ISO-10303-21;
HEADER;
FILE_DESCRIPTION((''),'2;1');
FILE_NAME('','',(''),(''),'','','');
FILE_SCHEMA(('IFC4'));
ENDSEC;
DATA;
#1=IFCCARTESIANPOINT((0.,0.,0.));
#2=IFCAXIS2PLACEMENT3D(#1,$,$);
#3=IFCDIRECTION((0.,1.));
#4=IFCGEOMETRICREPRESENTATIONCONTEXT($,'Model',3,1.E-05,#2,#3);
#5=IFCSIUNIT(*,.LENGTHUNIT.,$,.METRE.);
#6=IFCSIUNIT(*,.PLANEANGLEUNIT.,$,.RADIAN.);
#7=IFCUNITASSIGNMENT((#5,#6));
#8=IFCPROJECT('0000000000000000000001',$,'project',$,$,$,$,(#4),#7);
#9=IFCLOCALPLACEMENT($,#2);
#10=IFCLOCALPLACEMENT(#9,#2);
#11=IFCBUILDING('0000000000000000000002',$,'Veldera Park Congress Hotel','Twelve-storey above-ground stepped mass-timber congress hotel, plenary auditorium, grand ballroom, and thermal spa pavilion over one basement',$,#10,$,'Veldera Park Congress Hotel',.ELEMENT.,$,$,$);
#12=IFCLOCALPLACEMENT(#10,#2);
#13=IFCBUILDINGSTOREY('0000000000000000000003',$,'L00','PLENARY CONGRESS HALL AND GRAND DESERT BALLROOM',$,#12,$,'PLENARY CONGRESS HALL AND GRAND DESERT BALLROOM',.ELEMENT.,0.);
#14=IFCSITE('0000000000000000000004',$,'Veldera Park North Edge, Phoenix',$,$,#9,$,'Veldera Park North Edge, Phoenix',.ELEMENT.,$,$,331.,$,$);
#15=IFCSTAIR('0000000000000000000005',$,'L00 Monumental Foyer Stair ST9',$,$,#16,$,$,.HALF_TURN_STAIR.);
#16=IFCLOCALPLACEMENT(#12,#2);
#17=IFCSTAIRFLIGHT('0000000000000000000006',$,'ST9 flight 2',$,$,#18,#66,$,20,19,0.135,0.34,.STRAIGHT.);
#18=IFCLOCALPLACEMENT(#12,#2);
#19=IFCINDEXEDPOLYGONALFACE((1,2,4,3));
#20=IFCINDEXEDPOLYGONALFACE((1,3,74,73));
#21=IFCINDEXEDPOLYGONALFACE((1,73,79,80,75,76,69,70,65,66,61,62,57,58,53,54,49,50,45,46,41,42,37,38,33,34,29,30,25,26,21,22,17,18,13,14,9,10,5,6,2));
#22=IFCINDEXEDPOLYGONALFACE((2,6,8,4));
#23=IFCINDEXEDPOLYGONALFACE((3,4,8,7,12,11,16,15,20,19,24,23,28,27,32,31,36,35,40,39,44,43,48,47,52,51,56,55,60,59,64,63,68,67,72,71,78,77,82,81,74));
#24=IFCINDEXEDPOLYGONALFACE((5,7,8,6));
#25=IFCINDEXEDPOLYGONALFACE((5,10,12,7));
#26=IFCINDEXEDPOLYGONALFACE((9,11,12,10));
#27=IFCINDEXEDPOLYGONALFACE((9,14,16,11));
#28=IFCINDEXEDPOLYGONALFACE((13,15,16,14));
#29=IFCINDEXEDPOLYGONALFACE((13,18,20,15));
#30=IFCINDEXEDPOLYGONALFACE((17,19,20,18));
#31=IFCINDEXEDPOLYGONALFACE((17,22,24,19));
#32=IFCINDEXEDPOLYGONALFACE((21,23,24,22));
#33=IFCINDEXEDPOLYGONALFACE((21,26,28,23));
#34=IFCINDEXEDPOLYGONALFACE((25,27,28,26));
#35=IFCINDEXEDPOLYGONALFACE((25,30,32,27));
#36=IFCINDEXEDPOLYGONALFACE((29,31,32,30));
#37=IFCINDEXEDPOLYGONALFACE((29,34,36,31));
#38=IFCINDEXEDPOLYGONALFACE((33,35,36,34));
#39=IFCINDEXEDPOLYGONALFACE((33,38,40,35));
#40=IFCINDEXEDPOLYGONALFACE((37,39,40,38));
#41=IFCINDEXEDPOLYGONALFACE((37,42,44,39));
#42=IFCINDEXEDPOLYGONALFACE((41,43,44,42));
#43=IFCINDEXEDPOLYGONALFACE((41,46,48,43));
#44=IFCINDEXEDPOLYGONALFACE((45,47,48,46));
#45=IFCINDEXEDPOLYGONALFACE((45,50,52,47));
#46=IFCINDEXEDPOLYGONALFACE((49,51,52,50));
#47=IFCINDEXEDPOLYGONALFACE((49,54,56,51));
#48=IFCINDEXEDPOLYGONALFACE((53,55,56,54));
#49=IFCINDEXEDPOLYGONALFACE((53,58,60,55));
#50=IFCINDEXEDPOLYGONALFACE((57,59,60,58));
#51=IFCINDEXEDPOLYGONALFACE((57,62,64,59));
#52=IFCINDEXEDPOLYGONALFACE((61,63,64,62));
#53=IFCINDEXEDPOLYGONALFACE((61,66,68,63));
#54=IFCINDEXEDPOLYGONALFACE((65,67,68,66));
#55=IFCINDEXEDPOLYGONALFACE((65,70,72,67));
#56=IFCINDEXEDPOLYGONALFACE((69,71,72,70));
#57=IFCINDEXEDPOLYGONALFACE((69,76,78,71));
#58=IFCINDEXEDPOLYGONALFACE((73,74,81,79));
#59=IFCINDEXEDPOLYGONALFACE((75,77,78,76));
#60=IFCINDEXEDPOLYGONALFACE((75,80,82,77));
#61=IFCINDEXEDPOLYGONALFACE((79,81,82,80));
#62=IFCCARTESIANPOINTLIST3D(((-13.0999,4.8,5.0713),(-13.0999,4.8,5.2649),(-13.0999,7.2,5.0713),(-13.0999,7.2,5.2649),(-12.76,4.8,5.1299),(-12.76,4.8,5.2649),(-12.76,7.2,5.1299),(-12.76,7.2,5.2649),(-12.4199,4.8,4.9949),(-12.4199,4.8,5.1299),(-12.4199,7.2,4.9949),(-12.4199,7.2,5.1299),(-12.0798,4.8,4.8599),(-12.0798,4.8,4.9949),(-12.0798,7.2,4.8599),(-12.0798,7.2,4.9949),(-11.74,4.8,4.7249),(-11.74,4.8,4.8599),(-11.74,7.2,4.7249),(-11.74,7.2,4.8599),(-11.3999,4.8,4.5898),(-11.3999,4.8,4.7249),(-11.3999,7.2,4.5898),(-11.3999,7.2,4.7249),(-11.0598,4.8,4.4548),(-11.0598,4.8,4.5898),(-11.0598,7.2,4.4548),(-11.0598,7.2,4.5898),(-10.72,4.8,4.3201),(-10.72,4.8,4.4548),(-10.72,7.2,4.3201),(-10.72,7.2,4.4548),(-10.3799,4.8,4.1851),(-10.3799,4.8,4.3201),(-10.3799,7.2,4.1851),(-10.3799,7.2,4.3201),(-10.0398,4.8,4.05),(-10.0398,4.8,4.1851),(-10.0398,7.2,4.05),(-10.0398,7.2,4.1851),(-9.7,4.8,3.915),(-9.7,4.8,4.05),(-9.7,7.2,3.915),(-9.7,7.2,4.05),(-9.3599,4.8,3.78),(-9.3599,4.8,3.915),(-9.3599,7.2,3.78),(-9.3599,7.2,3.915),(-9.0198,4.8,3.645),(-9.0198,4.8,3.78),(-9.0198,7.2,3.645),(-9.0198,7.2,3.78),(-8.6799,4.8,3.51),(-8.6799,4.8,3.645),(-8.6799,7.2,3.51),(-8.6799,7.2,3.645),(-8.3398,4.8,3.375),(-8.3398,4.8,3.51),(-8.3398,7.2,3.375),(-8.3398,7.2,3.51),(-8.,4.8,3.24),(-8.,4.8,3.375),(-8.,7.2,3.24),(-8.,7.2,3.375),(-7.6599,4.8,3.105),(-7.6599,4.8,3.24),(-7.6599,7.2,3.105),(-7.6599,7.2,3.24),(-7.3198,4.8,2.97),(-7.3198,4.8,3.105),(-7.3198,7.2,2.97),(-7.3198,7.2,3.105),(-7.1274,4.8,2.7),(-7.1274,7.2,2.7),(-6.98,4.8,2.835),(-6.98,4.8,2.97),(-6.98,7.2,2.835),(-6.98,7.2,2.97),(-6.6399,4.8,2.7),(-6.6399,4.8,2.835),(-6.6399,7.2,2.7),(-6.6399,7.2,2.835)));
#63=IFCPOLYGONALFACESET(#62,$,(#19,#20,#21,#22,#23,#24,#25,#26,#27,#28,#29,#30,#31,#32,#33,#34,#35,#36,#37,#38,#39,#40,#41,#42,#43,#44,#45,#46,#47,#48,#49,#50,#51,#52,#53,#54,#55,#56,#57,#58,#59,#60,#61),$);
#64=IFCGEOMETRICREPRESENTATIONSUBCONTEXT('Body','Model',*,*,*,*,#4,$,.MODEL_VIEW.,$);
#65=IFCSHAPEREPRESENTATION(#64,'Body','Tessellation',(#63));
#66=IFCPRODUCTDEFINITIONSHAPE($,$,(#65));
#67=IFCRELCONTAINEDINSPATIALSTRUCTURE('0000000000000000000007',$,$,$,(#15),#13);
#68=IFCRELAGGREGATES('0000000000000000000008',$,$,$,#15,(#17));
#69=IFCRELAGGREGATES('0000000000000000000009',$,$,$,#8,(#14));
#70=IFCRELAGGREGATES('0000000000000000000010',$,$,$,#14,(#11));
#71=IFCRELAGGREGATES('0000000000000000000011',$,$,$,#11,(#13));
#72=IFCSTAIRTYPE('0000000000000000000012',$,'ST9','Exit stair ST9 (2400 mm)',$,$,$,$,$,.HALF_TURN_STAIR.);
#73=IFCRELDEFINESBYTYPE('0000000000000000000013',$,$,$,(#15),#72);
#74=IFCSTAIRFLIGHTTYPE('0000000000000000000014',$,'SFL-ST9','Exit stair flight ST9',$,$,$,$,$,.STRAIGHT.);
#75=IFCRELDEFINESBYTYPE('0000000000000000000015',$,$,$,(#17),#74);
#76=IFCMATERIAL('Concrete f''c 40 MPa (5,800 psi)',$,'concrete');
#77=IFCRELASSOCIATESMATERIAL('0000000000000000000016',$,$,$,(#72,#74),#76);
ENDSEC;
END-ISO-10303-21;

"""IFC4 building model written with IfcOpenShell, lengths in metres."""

from ifc_helpers import new_model, si_unit, direction, frame, origin, place, context, subcontext, project, spatial, polyline, outline, extrude, material, type_object, element, aggregate, save


model = new_model("IFC4")

# Units and contexts
model_context = context("Model", 3, precision=1e-05, world=origin(), true_north=direction((0.0, 1.0)))
body_context = subcontext(model_context, "Body", "Model", "MODEL_VIEW")
ifc_project = project(units=[si_unit("LENGTHUNIT", "METRE"), si_unit("PLANEANGLEUNIT", "RADIAN")], contexts=[model_context])

# Site, building, storey
site_placement = place(None, origin())
site = spatial("IfcSite", under=ifc_project, at=site_placement, Name="Veldera Park North Edge, Phoenix", LongName="Veldera Park North Edge, Phoenix", CompositionType="ELEMENT", RefElevation=331.0)
building_placement = place(site_placement, origin())
building = spatial("IfcBuilding", under=site, at=building_placement, Name="Veldera Park Congress Hotel", Description="Twelve-storey above-ground stepped mass-timber congress hotel, plenary auditorium, grand ballroom, and thermal spa pavilion over one basement", LongName="Veldera Park Congress Hotel", CompositionType="ELEMENT")
storey_placement = place(building_placement, origin())
storey = spatial("IfcBuildingStorey", under=building, at=storey_placement, Name="L00", Description="PLENARY CONGRESS HALL AND GRAND DESERT BALLROOM", LongName="PLENARY CONGRESS HALL AND GRAND DESERT BALLROOM", CompositionType="ELEMENT", Elevation=0.0)

# Shared definitions
ifc_material_1 = material(Name="Concrete f'c 40 MPa (5,800 psi)", Category="concrete")

# Stair, stair flight
stair_type = type_object("IfcStairType", Name="ST9", Description="Exit stair ST9 (2400 mm)", PredefinedType="HALF_TURN_STAIR", material=ifc_material_1)
stair_placement = place(storey_placement, origin())
stair = element("IfcStair", 1, at=stair_placement, inside=storey, type_object=stair_type, Name="L00 Monumental Foyer Stair ST9", PredefinedType="HALF_TURN_STAIR")
stair_flight_type = type_object("IfcStairFlightType", Name="SFL-ST9", Description="Exit stair flight ST9", PredefinedType="STRAIGHT", material=ifc_material_1)
stair_flight_1_placement = place(storey_placement, frame((-6.6399, 6.0, 2.7), z_axis=(0.0, 0.0, 1.0), x_axis=(-1.0, 0.0, 0.0)))
stair_flight_1 = element("IfcStairFlight", 2, at=stair_flight_1_placement, type_object=stair_flight_type, Name="ST9 flight 2", NumberOfRisers=20, NumberOfTreads=19, PredefinedType="STRAIGHT", RiserHeight=0.135, TreadLength=0.34, context=body_context, shape_type="SweptSolid", body=[
    extrude(outline(polyline([(0.0, 0.0), (0.0, 0.135), (0.3401, 0.135), (0.3401, 0.27), (0.6799, 0.27), (0.6799, 0.405), (1.02, 0.405), (1.02, 0.54), (1.3601, 0.54), (1.3601, 0.675), (1.7, 0.675), (1.7, 0.8101), (2.04, 0.8101), (2.04, 0.9451), (2.3799, 0.9451), (2.3799, 1.0801), (2.72, 1.0801), (2.72, 1.2151), (3.0601, 1.2151), (3.0601, 1.3501), (3.3999, 1.3501), (3.3999, 1.4851), (3.74, 1.4851), (3.74, 1.6201), (4.0801, 1.6201), (4.0801, 1.7549), (4.4199, 1.7549), (4.4199, 1.8899), (4.76, 1.8899), (4.76, 2.0249), (5.1001, 2.0249), (5.1001, 2.1599), (5.4399, 2.1599), (5.4399, 2.2949), (5.78, 2.2949), (5.78, 2.4299), (6.1201, 2.4299), (6.1201, 2.5649), (6.46, 2.5649), (6.46, 2.7), (6.46, 2.7), (6.46, 2.3713), (0.4875, 0.0), (0.0, 0.0)])), frame((0.0, 1.2, 0.0), z_axis=(0.0, -1.0, 0.0), x_axis=(1.0, 0.0, 0.0)), (0.0, 0.0, 1.0), 2.3999),
])
aggregate(stair, [stair_flight_1])

save(model, "model.ifc")
